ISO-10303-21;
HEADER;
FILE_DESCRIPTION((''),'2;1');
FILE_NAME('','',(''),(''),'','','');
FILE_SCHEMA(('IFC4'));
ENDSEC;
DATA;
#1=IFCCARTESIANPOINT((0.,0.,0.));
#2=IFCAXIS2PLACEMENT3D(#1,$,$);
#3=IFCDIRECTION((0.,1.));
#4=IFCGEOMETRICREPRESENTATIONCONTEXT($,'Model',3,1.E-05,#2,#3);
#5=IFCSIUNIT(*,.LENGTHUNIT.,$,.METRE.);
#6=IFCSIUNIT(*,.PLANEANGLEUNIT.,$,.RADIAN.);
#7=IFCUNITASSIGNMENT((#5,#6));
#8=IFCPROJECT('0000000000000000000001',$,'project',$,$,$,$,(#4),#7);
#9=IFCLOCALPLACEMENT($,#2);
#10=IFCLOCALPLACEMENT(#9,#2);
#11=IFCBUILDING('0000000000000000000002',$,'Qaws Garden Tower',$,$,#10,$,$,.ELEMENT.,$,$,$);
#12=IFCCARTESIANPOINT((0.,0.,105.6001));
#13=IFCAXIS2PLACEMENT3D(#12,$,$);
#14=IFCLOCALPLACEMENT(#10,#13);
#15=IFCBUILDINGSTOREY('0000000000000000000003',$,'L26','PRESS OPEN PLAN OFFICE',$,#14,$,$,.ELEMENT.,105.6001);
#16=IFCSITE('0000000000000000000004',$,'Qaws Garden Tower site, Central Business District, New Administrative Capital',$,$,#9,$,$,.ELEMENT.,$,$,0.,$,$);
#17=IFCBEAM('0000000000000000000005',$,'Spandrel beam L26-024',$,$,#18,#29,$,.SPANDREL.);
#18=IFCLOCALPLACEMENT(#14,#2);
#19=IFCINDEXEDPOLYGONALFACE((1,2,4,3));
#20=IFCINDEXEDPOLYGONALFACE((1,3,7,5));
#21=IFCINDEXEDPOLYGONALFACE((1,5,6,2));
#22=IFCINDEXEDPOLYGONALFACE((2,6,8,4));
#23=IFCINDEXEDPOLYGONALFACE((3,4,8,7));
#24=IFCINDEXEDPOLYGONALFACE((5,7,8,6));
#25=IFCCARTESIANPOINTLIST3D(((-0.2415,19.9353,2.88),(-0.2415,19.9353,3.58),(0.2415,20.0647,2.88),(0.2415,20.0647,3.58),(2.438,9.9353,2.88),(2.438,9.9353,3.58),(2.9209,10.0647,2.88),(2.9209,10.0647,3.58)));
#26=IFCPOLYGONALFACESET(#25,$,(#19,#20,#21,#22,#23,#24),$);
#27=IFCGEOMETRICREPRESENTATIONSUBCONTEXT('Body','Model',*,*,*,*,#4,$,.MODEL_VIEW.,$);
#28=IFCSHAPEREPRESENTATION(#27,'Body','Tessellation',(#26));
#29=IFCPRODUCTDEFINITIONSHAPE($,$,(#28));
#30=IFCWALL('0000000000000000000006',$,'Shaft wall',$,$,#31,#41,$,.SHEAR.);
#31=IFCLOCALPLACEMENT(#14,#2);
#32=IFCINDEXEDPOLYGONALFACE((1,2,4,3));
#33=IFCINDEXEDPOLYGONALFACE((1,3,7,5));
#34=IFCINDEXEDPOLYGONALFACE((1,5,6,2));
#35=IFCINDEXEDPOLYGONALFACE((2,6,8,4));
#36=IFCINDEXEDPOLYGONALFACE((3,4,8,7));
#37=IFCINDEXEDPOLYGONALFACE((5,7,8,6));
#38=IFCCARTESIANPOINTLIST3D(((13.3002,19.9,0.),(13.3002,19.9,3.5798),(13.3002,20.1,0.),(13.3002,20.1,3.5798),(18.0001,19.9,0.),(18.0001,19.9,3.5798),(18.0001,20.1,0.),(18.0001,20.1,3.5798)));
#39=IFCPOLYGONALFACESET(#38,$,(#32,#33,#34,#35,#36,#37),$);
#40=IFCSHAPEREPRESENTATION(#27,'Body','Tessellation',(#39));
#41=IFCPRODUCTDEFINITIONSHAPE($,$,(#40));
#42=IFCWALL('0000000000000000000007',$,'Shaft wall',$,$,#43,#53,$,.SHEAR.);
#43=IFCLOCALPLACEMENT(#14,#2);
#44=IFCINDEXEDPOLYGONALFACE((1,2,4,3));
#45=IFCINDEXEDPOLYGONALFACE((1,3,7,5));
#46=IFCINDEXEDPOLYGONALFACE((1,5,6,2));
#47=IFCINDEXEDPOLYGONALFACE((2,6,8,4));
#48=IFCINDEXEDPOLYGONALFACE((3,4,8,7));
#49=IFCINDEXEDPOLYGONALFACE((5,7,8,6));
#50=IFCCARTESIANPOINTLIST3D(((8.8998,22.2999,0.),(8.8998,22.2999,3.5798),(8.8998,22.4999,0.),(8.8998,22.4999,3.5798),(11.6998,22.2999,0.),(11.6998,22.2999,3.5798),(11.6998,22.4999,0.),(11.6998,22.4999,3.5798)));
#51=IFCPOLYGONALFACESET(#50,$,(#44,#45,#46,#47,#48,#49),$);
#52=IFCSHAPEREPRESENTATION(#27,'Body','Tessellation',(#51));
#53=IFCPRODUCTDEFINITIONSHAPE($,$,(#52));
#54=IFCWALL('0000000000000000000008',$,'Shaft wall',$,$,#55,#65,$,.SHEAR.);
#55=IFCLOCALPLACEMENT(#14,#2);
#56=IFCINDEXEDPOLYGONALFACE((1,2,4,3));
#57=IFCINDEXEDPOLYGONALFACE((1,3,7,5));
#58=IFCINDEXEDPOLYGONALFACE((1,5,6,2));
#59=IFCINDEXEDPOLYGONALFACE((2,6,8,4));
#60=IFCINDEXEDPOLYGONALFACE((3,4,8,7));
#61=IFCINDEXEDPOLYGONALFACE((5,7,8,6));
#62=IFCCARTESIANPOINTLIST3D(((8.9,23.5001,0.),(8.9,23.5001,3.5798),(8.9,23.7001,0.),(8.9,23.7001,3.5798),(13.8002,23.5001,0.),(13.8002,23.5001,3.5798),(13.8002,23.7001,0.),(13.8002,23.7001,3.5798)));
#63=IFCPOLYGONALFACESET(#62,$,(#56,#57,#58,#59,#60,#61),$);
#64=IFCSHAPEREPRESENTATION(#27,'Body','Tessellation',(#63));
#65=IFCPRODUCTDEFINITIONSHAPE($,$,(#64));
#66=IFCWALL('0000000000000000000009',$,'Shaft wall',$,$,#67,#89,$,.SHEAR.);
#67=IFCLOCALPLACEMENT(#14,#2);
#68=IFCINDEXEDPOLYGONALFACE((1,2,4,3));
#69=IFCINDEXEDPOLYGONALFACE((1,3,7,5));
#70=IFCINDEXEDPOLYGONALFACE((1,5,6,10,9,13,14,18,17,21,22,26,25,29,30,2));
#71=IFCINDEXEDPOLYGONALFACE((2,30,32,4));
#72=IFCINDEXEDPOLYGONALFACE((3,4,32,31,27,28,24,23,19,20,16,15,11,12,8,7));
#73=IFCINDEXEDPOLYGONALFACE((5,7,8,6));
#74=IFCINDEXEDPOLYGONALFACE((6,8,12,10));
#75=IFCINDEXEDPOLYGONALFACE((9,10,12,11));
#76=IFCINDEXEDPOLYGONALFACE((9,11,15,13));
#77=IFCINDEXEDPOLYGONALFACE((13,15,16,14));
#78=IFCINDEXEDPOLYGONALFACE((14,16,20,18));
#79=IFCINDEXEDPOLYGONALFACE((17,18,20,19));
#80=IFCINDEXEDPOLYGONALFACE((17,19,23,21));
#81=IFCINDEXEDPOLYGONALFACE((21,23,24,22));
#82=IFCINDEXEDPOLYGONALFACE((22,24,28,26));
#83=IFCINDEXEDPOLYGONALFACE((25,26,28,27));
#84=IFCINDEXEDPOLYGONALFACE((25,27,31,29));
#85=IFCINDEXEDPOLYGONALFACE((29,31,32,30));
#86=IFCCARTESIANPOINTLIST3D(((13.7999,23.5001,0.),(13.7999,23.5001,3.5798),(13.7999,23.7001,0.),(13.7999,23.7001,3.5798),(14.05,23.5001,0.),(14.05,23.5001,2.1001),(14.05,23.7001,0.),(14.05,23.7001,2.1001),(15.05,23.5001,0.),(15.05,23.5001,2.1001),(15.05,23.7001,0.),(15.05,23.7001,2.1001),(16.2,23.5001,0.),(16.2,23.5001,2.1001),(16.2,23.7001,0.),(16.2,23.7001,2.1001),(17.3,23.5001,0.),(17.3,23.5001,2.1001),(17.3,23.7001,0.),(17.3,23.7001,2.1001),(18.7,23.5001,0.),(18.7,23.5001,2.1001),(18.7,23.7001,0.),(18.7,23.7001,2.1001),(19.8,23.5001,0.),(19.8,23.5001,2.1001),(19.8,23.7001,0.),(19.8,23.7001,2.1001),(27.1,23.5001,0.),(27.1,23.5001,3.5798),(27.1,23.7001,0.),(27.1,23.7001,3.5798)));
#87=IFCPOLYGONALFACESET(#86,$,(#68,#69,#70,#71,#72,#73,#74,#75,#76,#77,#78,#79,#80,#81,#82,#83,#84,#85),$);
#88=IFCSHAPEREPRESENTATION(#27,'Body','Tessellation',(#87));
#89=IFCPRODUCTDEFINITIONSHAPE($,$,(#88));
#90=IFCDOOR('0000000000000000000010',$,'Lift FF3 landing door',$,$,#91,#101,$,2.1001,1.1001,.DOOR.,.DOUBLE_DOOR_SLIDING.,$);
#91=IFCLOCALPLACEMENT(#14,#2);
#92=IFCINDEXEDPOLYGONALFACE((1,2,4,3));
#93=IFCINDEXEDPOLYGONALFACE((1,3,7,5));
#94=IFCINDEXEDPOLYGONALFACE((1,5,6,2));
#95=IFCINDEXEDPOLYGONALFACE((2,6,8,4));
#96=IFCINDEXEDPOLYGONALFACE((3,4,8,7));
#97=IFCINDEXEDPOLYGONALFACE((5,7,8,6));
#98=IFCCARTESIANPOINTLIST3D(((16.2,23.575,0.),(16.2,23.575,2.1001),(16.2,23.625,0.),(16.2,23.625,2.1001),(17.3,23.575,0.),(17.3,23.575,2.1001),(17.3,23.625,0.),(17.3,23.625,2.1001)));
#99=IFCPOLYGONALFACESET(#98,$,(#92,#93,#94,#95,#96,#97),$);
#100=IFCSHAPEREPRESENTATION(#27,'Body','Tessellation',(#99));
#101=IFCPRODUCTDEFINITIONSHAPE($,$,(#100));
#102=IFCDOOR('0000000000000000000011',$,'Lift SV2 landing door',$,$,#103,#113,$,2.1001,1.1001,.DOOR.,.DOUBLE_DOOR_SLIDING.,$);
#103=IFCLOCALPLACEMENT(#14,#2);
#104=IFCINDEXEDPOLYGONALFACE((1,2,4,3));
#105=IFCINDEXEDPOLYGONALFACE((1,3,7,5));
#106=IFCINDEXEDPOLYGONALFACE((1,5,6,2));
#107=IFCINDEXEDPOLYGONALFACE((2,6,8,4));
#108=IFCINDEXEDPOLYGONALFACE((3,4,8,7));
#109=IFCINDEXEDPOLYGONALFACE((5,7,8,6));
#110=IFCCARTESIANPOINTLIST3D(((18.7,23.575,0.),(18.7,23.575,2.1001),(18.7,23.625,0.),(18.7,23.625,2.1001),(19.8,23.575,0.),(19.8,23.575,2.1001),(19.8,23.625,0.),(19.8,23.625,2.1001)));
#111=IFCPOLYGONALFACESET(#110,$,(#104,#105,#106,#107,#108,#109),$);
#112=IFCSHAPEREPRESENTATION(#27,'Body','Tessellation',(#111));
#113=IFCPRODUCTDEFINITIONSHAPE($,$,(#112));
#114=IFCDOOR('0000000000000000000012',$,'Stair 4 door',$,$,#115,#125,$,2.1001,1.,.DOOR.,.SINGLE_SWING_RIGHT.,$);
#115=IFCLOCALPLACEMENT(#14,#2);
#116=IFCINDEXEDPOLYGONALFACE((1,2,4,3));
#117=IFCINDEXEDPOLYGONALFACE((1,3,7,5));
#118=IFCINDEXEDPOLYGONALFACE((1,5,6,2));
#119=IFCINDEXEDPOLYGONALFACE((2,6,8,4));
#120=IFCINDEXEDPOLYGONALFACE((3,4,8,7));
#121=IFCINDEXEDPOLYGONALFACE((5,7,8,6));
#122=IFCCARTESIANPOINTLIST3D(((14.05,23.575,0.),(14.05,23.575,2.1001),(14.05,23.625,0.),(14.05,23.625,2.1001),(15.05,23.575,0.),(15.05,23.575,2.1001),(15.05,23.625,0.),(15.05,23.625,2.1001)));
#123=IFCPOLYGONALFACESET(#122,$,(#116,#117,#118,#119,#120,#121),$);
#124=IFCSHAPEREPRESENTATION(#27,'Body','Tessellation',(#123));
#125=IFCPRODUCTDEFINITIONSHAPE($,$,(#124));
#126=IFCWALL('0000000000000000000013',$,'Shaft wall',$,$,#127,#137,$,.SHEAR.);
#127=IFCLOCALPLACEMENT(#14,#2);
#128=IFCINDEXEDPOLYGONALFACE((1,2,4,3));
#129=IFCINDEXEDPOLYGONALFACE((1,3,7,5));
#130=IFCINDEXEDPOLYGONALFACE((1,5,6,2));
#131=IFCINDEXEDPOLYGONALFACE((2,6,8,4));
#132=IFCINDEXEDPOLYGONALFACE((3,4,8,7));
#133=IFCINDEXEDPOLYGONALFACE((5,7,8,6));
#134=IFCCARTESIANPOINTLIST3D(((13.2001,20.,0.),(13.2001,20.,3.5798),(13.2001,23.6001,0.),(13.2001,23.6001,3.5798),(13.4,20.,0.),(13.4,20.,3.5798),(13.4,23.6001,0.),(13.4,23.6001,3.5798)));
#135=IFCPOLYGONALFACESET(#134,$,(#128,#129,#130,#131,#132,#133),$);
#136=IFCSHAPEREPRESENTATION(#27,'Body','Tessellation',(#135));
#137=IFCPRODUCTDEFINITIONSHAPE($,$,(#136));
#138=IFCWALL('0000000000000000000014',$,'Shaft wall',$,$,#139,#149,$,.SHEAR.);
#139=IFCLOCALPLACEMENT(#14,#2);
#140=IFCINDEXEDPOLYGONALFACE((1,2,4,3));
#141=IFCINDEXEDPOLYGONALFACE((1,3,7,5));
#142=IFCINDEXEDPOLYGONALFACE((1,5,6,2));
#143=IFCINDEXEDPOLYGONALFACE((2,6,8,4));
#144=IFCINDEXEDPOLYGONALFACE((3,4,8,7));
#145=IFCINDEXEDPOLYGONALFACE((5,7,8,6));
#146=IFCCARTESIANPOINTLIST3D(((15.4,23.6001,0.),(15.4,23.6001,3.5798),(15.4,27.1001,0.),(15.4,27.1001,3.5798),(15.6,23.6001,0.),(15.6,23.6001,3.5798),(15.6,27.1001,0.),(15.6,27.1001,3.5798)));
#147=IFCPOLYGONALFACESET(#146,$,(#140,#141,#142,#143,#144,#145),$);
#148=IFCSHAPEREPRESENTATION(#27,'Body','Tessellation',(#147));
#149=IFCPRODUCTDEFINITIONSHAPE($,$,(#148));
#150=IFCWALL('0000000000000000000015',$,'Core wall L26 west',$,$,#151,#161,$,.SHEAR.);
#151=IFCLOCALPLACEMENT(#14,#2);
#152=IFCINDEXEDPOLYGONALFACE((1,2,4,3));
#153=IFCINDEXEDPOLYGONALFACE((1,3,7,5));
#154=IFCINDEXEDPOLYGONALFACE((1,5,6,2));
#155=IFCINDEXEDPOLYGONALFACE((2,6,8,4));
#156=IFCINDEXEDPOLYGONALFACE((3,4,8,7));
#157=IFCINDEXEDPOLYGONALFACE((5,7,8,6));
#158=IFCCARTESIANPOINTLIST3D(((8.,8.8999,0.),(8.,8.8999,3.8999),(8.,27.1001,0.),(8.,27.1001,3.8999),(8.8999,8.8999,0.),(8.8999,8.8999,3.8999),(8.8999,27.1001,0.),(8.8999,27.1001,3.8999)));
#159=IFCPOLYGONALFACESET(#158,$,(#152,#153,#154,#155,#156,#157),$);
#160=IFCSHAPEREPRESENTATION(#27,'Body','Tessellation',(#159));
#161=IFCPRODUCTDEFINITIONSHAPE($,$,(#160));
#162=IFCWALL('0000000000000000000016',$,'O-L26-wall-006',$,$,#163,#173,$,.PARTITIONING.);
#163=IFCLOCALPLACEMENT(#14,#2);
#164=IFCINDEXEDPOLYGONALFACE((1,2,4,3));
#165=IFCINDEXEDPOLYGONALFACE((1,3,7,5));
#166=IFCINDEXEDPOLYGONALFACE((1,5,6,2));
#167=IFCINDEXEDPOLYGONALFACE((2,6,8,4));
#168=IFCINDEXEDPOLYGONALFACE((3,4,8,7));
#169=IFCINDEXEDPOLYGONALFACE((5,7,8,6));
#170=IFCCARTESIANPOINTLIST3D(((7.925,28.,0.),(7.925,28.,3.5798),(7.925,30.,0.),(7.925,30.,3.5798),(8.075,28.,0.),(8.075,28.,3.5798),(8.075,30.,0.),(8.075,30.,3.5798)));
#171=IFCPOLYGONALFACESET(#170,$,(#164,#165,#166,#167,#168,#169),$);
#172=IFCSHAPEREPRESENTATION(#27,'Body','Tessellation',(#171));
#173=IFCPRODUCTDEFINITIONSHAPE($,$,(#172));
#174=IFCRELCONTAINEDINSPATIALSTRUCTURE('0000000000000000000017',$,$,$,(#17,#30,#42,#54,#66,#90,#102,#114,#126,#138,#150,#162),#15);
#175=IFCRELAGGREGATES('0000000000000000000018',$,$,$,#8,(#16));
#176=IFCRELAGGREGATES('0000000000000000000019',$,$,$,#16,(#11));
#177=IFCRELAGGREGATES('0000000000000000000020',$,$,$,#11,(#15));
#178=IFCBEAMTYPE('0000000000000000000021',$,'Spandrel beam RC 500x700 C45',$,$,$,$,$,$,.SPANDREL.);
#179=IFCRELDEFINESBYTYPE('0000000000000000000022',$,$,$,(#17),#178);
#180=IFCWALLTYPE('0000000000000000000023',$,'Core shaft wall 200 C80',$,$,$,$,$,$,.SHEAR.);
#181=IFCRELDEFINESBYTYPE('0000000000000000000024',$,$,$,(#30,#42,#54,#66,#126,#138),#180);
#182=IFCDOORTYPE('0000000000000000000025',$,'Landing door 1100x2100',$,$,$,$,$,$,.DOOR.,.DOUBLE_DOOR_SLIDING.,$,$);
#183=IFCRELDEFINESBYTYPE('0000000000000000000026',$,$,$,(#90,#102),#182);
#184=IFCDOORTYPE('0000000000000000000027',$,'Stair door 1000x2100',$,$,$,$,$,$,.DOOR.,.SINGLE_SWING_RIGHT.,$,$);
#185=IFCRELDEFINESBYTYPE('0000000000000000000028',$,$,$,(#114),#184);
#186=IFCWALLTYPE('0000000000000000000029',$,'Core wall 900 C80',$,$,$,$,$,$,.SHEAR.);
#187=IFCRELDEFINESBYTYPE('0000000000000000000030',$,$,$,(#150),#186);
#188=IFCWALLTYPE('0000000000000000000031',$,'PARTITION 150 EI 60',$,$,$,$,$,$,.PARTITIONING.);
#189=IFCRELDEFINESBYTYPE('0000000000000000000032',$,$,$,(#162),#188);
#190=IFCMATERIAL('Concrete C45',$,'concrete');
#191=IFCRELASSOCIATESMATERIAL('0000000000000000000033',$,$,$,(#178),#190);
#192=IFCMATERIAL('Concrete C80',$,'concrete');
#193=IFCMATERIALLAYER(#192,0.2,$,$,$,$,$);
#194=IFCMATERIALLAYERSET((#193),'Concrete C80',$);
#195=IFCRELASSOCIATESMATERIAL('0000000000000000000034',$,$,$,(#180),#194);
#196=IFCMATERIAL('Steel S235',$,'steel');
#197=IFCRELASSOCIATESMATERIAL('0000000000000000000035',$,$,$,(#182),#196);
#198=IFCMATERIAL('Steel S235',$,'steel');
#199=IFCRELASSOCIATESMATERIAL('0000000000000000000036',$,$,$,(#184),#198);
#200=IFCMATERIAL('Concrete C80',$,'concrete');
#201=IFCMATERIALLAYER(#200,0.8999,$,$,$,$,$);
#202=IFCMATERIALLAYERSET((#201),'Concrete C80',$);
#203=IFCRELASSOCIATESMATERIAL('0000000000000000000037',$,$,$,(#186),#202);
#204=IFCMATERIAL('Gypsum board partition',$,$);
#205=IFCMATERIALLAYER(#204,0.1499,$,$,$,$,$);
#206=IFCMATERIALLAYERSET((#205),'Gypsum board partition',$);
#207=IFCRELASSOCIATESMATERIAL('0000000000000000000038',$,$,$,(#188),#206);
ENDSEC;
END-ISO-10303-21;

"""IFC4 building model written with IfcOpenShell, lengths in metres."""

from ifc_helpers import new_model, si_unit, direction, frame, frame_2d, origin, origin_2d, place, context, subcontext, project, spatial, rectangle, extrude, material, layer, layer_set, material_profile, profile_set, type_object, element, fill, save


model = new_model("IFC4")

# Units and contexts
model_context = context("Model", 3, precision=1e-05, world=origin(), true_north=direction((0.0, 1.0)))
body_context = subcontext(model_context, "Body", "Model", "MODEL_VIEW")
ifc_project = project(units=[si_unit("LENGTHUNIT", "METRE"), si_unit("PLANEANGLEUNIT", "RADIAN")], contexts=[model_context])

# Site, building, storey
site_placement = place(None, origin())
site = spatial("IfcSite", under=ifc_project, at=site_placement, Name="Qaws Garden Tower site, Central Business District, New Administrative Capital", CompositionType="ELEMENT", RefElevation=0.0)
building_placement = place(site_placement, origin())
building = spatial("IfcBuilding", under=site, at=building_placement, Name="Qaws Garden Tower", CompositionType="ELEMENT")
storey_placement = place(building_placement, frame((0.0, 0.0, 105.6001)))
storey = spatial("IfcBuildingStorey", under=building, at=storey_placement, Name="L26", Description="PRESS OPEN PLAN OFFICE", CompositionType="ELEMENT", Elevation=105.6001)

# Beam
ifc_material_1 = material(Name="Concrete C45", Category="concrete")
ifc_material_profile = material_profile(ifc_material_1, rectangle(XDim=0.5, YDim=0.7, at=origin_2d()), Name="RC 500x700")
ifc_profile_set = profile_set([ifc_material_profile], Name="Concrete C45")
beam_type = type_object("IfcBeamType", Name="Spandrel beam RC 500x700 C45", PredefinedType="SPANDREL", material=ifc_profile_set)
beam_placement = place(storey_placement, frame((0.0, 20.0, 3.23), z_axis=(0.258815, -0.965927, 0.0), x_axis=(0.965927, 0.258815, 0.0)))
element("IfcBeam", 1, at=beam_placement, inside=storey, type_object=beam_type, Name="Spandrel beam L26-024", PredefinedType="SPANDREL", context=body_context, shape_type="SweptSolid", body=[
    extrude(rectangle(XDim=0.5, YDim=0.7, at=origin_2d()), origin(), (0.0, 0.0, 1.0), 10.3528),
])

# Walls
ifc_material_2 = material(Name="Concrete C80", Category="concrete")
ifc_layer_1 = layer(ifc_material_2, 0.2)
ifc_layer_set_1 = layer_set([ifc_layer_1], Name="Concrete C80")
wall_type_1 = type_object("IfcWallType", Name="Core shaft wall 200 C80", PredefinedType="SHEAR", material=ifc_layer_set_1)
wall_1_placement = place(storey_placement, frame((13.3, 20.0, 0.0), z_axis=(0.0, 0.0, 1.0), x_axis=(1.0, 0.0, 0.0)))
element("IfcWall", 2, at=wall_1_placement, inside=storey, type_object=wall_type_1, Name="Shaft wall", PredefinedType="SHEAR", context=body_context, shape_type="SweptSolid", body=[
    extrude(rectangle(XDim=4.7, YDim=0.2, at=frame_2d((2.3501, 0.0))), origin(), (0.0, 0.0, 1.0), 3.5798),
])
wall_2_placement = place(storey_placement, frame((8.8999, 22.3999, 0.0), z_axis=(0.0, 0.0, 1.0), x_axis=(1.0, 0.0, 0.0)))
element("IfcWall", 3, at=wall_2_placement, inside=storey, type_object=wall_type_1, Name="Shaft wall", PredefinedType="SHEAR", context=body_context, shape_type="SweptSolid", body=[
    extrude(rectangle(XDim=2.8, YDim=0.2, at=frame_2d((1.3999, 0.0))), origin(), (0.0, 0.0, 1.0), 3.5798),
])
wall_3_placement = place(storey_placement, frame((8.8999, 23.6001, 0.0), z_axis=(0.0, 0.0, 1.0), x_axis=(1.0, 0.0, 0.0)))
element("IfcWall", 4, at=wall_3_placement, inside=storey, type_object=wall_type_1, Name="Shaft wall", PredefinedType="SHEAR", context=body_context, shape_type="SweptSolid", body=[
    extrude(rectangle(XDim=4.9001, YDim=0.2, at=frame_2d((2.4502, 0.0))), origin(), (0.0, 0.0, 1.0), 3.5798),
])

# Wall, openings, doors
wall_4_placement = place(storey_placement, frame((13.8, 23.6001, 0.0), z_axis=(0.0, 0.0, 1.0), x_axis=(1.0, 0.0, 0.0)))
wall_4 = element("IfcWall", 5, at=wall_4_placement, inside=storey, type_object=wall_type_1, Name="Shaft wall", PredefinedType="SHEAR", context=body_context, shape_type="SweptSolid", body=[
    extrude(rectangle(XDim=13.3, YDim=0.2, at=frame_2d((6.6499, 0.0))), origin(), (0.0, 0.0, 1.0), 3.5798),
])
opening_1_placement = place(wall_4_placement, frame((2.3999, 0.0, 0.0)))
opening_1 = element("IfcOpeningElement", 6, at=opening_1_placement, cuts=wall_4, PredefinedType="OPENING", context=body_context, shape_type="SweptSolid", body=[
    extrude(rectangle(XDim=1.1001, YDim=2.1001, at=frame_2d((0.55, 1.05))), frame((0.0, 0.1099, 0.0), z_axis=(0.0, -1.0, 0.0), x_axis=(1.0, 0.0, 0.0)), (0.0, 0.0, 1.0), 0.22),
])
opening_2_placement = place(wall_4_placement, frame((4.8999, 0.0, 0.0)))
opening_2 = element("IfcOpeningElement", 7, at=opening_2_placement, cuts=wall_4, PredefinedType="OPENING", context=body_context, shape_type="SweptSolid", body=[
    extrude(rectangle(XDim=1.1001, YDim=2.1001, at=frame_2d((0.55, 1.05))), frame((0.0, 0.1099, 0.0), z_axis=(0.0, -1.0, 0.0), x_axis=(1.0, 0.0, 0.0)), (0.0, 0.0, 1.0), 0.22),
])
opening_3_placement = place(wall_4_placement, frame((0.25, 0.0, 0.0)))
opening_3 = element("IfcOpeningElement", 8, at=opening_3_placement, cuts=wall_4, PredefinedType="OPENING", context=body_context, shape_type="SweptSolid", body=[
    extrude(rectangle(XDim=1.0, YDim=2.1001, at=frame_2d((0.5, 1.05))), frame((0.0, 0.1099, 0.0), z_axis=(0.0, -1.0, 0.0), x_axis=(1.0, 0.0, 0.0)), (0.0, 0.0, 1.0), 0.22),
])
ifc_material_3 = material(Name="Steel S235", Category="steel")
door_type_1 = type_object("IfcDoorType", Name="Landing door 1100x2100", OperationType="DOUBLE_DOOR_SLIDING", PredefinedType="DOOR", material=ifc_material_3)
door_1_placement = place(opening_1_placement, origin())
door_1 = element("IfcDoor", 9, at=door_1_placement, inside=storey, type_object=door_type_1, Name="Lift FF3 landing door", OperationType="DOUBLE_DOOR_SLIDING", OverallHeight=2.1001, OverallWidth=1.1001, PredefinedType="DOOR", context=body_context, shape_type="SweptSolid", body=[
    extrude(rectangle(XDim=1.1001, YDim=2.1001, at=frame_2d((0.55, 1.05))), frame((0.0, 0.0249, 0.0), z_axis=(0.0, -1.0, 0.0), x_axis=(1.0, 0.0, 0.0)), (0.0, 0.0, 1.0), 0.05),
])
fill(opening_1, door_1)
door_2_placement = place(opening_2_placement, origin())
door_2 = element("IfcDoor", 10, at=door_2_placement, inside=storey, type_object=door_type_1, Name="Lift SV2 landing door", OperationType="DOUBLE_DOOR_SLIDING", OverallHeight=2.1001, OverallWidth=1.1001, PredefinedType="DOOR", context=body_context, shape_type="SweptSolid", body=[
    extrude(rectangle(XDim=1.1001, YDim=2.1001, at=frame_2d((0.55, 1.05))), frame((0.0, 0.0249, 0.0), z_axis=(0.0, -1.0, 0.0), x_axis=(1.0, 0.0, 0.0)), (0.0, 0.0, 1.0), 0.05),
])
fill(opening_2, door_2)
ifc_material_4 = material(Name="Steel S235", Category="steel")
door_type_2 = type_object("IfcDoorType", Name="Stair door 1000x2100", OperationType="SINGLE_SWING_RIGHT", PredefinedType="DOOR", material=ifc_material_4)
door_3_placement = place(opening_3_placement, origin())
door_3 = element("IfcDoor", 11, at=door_3_placement, inside=storey, type_object=door_type_2, Name="Stair 4 door", OperationType="SINGLE_SWING_RIGHT", OverallHeight=2.1001, OverallWidth=1.0, PredefinedType="DOOR", context=body_context, shape_type="SweptSolid", body=[
    extrude(rectangle(XDim=1.0, YDim=2.1001, at=frame_2d((0.5, 1.05))), frame((0.0, 0.0249, 0.0), z_axis=(0.0, -1.0, 0.0), x_axis=(1.0, 0.0, 0.0)), (0.0, 0.0, 1.0), 0.05),
])
fill(opening_3, door_3)

# Walls
wall_5_placement = place(storey_placement, frame((13.3, 20.0, 0.0), z_axis=(0.0, 0.0, 1.0), x_axis=(0.0, 1.0, 0.0)))
element("IfcWall", 12, at=wall_5_placement, inside=storey, type_object=wall_type_1, Name="Shaft wall", PredefinedType="SHEAR", context=body_context, shape_type="SweptSolid", body=[
    extrude(rectangle(XDim=3.6001, YDim=0.2, at=frame_2d((1.8, 0.0))), origin(), (0.0, 0.0, 1.0), 3.5798),
])
wall_6_placement = place(storey_placement, frame((15.5, 23.6001, 0.0), z_axis=(0.0, 0.0, 1.0), x_axis=(0.0, 1.0, 0.0)))
element("IfcWall", 13, at=wall_6_placement, inside=storey, type_object=wall_type_1, Name="Shaft wall", PredefinedType="SHEAR", context=body_context, shape_type="SweptSolid", body=[
    extrude(rectangle(XDim=3.5, YDim=0.2, at=frame_2d((1.75, 0.0))), origin(), (0.0, 0.0, 1.0), 3.5798),
])
ifc_material_5 = material(Name="Concrete C80", Category="concrete")
ifc_layer_2 = layer(ifc_material_5, 0.8999)
ifc_layer_set_2 = layer_set([ifc_layer_2], Name="Concrete C80")
wall_type_2 = type_object("IfcWallType", Name="Core wall 900 C80", PredefinedType="SHEAR", material=ifc_layer_set_2)
wall_7_placement = place(storey_placement, frame((8.45, 27.1001, 0.0), z_axis=(0.0, 0.0, 1.0), x_axis=(0.0, -1.0, 0.0)))
element("IfcWall", 14, at=wall_7_placement, inside=storey, type_object=wall_type_2, Name="Core wall L26 west", PredefinedType="SHEAR", context=body_context, shape_type="SweptSolid", body=[
    extrude(rectangle(XDim=18.2002, YDim=0.8999, at=frame_2d((9.1001, 0.0))), origin(), (0.0, 0.0, 1.0), 3.8999),
])
ifc_material_6 = material(Name="Gypsum board partition")
ifc_layer_3 = layer(ifc_material_6, 0.1499)
ifc_layer_set_3 = layer_set([ifc_layer_3], Name="Gypsum board partition")
wall_type_3 = type_object("IfcWallType", Name="PARTITION 150 EI 60", PredefinedType="PARTITIONING", material=ifc_layer_set_3)
wall_8_placement = place(storey_placement, frame((8.0, 28.0, 0.0), z_axis=(0.0, 0.0, 1.0), x_axis=(0.0, 1.0, 0.0)))
element("IfcWall", 15, at=wall_8_placement, inside=storey, type_object=wall_type_3, Name="O-L26-wall-006", PredefinedType="PARTITIONING", context=body_context, shape_type="SweptSolid", body=[
    extrude(rectangle(XDim=2.0, YDim=0.1499, at=frame_2d((1.0, 0.0))), origin(), (0.0, 0.0, 1.0), 3.5798),
])

save(model, "model.ifc")
